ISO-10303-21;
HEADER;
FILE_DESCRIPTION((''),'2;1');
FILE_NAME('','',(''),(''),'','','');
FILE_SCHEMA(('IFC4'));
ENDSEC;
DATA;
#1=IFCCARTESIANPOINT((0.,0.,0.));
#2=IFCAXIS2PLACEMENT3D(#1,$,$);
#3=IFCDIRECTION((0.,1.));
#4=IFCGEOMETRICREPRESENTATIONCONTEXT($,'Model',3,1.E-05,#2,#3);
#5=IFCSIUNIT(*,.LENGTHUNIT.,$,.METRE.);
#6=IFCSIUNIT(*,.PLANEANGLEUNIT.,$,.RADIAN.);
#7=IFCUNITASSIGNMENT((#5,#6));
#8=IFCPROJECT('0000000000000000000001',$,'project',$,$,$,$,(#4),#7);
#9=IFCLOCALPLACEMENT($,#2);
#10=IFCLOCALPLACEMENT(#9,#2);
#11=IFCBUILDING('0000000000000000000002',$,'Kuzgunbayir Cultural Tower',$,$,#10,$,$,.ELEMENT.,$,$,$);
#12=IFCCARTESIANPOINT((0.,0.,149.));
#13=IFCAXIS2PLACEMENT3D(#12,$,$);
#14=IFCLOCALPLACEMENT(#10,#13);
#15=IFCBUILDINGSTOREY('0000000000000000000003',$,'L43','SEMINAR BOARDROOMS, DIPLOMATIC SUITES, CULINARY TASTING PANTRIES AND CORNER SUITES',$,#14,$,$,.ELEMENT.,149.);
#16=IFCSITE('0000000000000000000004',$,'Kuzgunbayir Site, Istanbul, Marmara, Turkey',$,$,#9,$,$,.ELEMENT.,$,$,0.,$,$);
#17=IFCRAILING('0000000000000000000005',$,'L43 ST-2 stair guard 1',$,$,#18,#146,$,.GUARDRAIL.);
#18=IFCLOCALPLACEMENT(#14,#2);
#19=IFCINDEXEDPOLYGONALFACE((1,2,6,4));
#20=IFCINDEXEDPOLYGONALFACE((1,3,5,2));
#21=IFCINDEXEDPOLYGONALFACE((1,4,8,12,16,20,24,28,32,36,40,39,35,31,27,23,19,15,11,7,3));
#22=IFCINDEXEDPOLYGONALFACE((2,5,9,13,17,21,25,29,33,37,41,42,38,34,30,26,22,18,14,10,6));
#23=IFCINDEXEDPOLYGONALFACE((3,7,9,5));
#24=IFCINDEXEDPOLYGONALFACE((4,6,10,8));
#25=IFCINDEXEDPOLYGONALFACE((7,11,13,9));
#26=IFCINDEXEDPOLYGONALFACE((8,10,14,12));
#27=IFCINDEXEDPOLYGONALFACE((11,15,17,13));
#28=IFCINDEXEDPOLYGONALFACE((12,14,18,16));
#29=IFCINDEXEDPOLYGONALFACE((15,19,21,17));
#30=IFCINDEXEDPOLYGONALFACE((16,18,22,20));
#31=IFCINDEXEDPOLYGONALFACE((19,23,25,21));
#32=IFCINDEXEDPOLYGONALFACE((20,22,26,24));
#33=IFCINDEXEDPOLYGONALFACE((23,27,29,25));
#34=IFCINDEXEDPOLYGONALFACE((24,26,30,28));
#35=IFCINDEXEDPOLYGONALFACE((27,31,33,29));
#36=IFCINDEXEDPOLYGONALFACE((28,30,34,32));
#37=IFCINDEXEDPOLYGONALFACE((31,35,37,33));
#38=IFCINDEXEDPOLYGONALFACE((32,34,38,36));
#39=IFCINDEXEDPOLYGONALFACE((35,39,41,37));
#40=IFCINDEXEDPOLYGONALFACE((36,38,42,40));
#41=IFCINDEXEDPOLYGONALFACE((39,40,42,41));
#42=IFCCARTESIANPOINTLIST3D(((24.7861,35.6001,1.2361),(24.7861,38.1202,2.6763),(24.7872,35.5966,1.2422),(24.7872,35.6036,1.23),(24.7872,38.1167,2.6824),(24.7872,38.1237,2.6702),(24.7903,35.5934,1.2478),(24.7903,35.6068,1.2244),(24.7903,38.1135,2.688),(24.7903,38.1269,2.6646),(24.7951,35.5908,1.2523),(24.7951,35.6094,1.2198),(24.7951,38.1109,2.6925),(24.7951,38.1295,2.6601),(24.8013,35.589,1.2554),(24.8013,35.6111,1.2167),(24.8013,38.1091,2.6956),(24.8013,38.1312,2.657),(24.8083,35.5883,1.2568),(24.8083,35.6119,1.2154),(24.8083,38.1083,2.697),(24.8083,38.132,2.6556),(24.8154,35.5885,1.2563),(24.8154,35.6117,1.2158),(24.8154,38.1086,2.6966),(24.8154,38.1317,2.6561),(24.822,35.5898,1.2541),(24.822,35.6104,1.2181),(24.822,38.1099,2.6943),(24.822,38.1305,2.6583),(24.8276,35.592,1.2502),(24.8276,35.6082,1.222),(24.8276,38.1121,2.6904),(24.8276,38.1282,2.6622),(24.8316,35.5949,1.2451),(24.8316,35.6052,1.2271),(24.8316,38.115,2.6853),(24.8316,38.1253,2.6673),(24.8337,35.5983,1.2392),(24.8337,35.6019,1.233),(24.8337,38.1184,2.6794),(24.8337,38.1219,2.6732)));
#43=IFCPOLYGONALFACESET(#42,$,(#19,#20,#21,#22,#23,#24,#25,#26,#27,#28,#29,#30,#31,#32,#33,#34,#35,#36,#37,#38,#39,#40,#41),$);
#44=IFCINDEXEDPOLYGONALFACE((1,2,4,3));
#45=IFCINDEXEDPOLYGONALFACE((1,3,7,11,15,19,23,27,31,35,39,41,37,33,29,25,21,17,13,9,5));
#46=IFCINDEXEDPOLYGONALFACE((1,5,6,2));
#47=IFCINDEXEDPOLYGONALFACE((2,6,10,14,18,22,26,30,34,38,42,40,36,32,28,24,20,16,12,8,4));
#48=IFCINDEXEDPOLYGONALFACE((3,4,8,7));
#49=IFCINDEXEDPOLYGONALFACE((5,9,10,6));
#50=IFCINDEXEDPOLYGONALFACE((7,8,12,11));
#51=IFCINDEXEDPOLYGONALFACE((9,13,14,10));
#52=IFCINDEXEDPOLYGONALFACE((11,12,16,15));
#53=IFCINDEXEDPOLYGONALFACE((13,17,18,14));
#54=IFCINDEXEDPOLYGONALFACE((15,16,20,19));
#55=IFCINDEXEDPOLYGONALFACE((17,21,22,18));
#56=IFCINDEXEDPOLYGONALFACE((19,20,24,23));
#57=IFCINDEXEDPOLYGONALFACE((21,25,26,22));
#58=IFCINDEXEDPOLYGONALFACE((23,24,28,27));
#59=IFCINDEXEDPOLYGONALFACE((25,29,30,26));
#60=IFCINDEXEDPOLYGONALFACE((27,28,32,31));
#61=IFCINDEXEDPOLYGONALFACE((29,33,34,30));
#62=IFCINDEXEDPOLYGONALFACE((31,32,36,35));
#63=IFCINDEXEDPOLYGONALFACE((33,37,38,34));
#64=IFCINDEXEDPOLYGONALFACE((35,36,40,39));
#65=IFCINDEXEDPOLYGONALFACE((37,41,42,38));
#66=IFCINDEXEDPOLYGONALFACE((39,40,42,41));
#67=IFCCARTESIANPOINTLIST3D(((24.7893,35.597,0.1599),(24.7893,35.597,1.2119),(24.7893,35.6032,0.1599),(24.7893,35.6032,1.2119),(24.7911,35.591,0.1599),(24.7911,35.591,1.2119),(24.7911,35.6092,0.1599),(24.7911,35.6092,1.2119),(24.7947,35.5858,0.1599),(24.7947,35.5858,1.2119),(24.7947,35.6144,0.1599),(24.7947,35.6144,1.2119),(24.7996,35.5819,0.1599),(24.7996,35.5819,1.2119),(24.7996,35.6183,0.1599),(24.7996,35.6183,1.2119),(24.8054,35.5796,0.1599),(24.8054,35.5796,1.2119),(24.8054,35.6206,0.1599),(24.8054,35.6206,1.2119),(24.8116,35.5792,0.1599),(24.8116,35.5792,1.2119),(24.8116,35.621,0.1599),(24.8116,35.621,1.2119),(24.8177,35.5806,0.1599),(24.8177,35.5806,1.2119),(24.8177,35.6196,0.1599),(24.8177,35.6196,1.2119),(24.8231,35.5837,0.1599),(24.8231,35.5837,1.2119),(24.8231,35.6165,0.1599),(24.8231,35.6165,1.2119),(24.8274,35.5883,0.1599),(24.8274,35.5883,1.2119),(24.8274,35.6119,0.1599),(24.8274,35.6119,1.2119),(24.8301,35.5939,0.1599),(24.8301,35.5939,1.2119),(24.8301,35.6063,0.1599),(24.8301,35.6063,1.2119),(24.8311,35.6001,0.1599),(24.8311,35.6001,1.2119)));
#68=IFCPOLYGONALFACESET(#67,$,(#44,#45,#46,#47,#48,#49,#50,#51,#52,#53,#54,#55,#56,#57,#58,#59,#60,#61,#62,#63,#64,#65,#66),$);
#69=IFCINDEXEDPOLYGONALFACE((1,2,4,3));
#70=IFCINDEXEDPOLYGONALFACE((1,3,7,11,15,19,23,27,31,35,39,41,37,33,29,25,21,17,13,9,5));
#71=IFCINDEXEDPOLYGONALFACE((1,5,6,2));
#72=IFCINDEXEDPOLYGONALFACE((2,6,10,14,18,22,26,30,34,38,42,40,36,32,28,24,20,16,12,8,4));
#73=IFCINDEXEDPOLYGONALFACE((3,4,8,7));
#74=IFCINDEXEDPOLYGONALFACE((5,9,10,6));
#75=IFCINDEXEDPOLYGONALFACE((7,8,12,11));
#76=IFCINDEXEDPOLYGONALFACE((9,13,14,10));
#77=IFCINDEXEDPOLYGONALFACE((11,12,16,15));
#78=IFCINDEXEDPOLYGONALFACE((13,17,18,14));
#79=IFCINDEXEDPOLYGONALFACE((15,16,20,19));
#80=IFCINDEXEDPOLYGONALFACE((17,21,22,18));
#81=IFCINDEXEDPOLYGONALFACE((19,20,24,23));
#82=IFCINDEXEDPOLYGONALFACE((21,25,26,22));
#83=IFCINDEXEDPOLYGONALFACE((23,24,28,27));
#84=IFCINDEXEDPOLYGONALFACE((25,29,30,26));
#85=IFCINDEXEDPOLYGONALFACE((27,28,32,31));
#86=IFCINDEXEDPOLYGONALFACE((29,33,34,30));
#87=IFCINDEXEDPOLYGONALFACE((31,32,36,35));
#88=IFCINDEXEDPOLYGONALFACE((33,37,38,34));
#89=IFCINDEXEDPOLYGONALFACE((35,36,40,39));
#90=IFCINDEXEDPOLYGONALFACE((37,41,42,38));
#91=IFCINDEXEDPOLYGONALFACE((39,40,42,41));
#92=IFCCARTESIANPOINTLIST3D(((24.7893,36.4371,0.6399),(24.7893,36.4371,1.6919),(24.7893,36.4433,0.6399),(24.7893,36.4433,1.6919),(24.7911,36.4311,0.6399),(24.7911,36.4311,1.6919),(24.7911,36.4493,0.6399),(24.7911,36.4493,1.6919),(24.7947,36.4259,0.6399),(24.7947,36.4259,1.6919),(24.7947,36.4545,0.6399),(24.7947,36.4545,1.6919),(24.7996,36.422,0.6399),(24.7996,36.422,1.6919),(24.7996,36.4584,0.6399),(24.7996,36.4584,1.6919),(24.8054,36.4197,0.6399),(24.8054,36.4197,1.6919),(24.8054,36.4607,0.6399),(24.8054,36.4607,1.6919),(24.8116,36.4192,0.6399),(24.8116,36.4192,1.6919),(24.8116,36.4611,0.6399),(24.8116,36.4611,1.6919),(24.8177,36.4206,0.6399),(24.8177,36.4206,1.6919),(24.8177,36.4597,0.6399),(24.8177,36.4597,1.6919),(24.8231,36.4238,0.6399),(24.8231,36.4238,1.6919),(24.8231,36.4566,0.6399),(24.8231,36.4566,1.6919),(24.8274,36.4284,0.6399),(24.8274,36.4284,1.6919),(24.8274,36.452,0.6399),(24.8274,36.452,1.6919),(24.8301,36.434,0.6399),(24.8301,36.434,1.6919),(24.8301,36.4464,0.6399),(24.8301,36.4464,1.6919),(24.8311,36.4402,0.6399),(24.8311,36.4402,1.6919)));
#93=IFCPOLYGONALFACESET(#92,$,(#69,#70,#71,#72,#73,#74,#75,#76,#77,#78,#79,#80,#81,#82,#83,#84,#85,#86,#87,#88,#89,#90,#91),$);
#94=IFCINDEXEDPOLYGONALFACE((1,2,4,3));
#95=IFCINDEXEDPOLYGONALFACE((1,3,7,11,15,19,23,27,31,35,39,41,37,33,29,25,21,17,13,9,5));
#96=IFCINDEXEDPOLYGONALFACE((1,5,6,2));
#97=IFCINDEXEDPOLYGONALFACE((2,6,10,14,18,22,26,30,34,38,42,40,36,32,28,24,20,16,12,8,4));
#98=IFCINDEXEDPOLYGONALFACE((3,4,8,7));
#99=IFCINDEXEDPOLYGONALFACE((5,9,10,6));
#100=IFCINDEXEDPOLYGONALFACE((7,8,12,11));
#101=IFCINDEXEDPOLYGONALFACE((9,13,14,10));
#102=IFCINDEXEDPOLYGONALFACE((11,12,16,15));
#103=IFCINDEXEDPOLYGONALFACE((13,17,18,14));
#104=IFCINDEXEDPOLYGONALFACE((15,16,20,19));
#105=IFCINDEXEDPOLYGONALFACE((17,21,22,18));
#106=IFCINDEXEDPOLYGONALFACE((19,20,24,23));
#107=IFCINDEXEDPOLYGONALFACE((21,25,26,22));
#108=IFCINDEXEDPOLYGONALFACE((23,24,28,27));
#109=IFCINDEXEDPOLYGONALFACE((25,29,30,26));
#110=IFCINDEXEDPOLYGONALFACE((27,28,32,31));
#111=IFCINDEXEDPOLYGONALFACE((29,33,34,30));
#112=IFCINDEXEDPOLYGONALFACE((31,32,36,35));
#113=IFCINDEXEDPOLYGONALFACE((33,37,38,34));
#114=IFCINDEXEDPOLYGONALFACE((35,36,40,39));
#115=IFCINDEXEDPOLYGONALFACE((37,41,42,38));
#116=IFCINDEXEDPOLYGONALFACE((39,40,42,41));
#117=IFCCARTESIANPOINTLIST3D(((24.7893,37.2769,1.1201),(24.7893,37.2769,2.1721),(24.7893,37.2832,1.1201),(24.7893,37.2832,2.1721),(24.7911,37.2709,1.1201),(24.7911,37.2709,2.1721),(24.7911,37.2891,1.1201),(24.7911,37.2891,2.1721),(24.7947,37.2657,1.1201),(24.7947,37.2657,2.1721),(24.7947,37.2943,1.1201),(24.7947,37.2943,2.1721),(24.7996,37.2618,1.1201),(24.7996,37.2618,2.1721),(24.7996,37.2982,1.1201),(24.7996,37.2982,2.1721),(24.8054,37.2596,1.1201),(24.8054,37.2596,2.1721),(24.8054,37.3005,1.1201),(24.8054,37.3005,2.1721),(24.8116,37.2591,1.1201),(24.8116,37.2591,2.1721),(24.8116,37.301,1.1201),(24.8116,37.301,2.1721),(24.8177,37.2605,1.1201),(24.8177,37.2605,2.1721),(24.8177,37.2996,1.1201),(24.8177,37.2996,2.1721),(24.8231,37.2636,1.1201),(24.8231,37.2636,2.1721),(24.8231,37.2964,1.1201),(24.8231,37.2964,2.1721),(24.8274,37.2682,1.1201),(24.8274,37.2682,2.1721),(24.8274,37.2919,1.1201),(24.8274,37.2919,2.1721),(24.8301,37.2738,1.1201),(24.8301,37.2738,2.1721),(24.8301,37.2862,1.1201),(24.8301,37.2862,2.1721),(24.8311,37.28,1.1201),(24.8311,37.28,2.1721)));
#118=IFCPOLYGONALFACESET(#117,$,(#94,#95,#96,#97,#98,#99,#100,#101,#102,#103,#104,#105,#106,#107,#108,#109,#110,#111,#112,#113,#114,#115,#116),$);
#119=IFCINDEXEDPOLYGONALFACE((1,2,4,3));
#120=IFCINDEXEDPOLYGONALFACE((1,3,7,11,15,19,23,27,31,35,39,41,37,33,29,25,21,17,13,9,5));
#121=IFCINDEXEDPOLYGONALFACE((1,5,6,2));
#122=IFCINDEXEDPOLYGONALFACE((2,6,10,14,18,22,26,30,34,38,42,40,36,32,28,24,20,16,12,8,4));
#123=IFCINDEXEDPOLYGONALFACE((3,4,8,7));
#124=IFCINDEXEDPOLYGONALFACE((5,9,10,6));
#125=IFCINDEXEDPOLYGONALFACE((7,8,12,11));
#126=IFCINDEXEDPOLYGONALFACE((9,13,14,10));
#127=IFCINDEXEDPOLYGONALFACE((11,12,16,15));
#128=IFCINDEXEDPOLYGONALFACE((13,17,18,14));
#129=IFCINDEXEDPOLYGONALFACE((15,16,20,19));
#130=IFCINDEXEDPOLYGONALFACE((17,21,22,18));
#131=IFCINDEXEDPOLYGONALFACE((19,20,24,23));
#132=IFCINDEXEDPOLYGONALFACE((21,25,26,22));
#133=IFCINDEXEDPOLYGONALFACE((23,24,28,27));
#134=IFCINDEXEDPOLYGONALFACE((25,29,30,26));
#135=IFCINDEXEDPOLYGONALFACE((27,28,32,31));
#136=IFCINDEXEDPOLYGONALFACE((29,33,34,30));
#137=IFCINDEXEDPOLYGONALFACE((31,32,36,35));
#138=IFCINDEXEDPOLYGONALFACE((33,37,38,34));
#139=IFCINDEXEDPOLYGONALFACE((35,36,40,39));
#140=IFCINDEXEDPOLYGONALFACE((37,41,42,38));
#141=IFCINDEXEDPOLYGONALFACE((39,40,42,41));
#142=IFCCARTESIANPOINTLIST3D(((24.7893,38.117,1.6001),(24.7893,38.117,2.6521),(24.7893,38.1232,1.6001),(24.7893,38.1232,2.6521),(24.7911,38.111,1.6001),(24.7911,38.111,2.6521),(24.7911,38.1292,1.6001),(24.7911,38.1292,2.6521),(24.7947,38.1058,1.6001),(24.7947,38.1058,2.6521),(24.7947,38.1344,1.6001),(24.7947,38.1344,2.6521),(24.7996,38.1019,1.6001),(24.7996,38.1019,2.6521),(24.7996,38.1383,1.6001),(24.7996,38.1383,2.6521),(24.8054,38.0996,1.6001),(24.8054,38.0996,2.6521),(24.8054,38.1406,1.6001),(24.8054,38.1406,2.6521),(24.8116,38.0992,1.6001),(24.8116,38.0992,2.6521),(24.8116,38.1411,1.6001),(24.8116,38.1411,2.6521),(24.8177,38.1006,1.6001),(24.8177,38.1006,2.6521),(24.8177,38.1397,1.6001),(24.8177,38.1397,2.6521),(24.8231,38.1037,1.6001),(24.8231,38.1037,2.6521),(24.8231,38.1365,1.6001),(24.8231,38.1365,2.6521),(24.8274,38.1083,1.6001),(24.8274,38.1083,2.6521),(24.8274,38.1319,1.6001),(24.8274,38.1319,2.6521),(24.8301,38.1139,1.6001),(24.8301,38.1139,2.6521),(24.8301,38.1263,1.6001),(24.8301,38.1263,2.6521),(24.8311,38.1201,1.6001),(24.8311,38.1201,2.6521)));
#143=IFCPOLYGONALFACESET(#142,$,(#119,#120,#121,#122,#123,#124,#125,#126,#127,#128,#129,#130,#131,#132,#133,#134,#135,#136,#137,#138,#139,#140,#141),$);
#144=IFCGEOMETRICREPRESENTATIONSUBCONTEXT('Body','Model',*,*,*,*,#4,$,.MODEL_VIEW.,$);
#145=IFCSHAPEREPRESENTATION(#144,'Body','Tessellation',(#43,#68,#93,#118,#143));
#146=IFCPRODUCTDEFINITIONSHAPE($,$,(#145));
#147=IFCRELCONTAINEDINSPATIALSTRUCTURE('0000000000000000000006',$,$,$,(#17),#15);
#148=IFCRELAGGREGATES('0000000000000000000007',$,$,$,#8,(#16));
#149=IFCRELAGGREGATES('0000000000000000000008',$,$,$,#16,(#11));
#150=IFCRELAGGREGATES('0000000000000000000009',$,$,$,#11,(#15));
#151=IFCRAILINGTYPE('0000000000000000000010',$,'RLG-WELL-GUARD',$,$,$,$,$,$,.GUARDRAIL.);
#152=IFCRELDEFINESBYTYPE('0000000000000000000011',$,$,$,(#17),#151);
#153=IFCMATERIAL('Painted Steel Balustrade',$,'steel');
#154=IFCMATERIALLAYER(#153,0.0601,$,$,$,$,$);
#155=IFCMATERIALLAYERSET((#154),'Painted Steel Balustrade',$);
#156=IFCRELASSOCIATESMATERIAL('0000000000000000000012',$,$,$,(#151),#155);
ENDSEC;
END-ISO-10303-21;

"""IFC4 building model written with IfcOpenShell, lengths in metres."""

from ifc_helpers import new_model, si_unit, direction, frame, origin, origin_2d, place, context, subcontext, project, spatial, circle, extrude, material, layer, layer_set, type_object, element, save


model = new_model("IFC4")

# Units and contexts
model_context = context("Model", 3, precision=1e-05, world=origin(), true_north=direction((0.0, 1.0)))
body_context = subcontext(model_context, "Body", "Model", "MODEL_VIEW")
ifc_project = project(units=[si_unit("LENGTHUNIT", "METRE"), si_unit("PLANEANGLEUNIT", "RADIAN")], contexts=[model_context])

# Site, building, storey
site_placement = place(None, origin())
site = spatial("IfcSite", under=ifc_project, at=site_placement, Name="Kuzgunbayir Site, Istanbul, Marmara, Turkey", CompositionType="ELEMENT", RefElevation=0.0)
building_placement = place(site_placement, origin())
building = spatial("IfcBuilding", under=site, at=building_placement, Name="Kuzgunbayir Cultural Tower", CompositionType="ELEMENT")
storey_placement = place(building_placement, frame((0.0, 0.0, 149.0)))
storey = spatial("IfcBuildingStorey", under=building, at=storey_placement, Name="L43", Description="SEMINAR BOARDROOMS, DIPLOMATIC SUITES, CULINARY TASTING PANTRIES AND CORNER SUITES", CompositionType="ELEMENT", Elevation=149.0)

# Railing
ifc_material_1 = material(Name="Painted Steel Balustrade", Category="steel")
ifc_layer_1 = layer(ifc_material_1, 0.0601)
ifc_layer_set_1 = layer_set([ifc_layer_1], Name="Painted Steel Balustrade")
railing_type_1 = type_object("IfcRailingType", Name="RLG-WELL-GUARD", PredefinedType="GUARDRAIL", material=ifc_layer_set_1)
railing_1_placement = place(storey_placement, frame((24.8101, 35.6001, 0.1599)))
element("IfcRailing", 1, at=railing_1_placement, inside=storey, type_object=railing_type_1, Name="L43 ST-2 stair guard 1", PredefinedType="GUARDRAIL", context=body_context, shape_type="SweptSolid", body=[
    extrude(circle(Radius=0.0239, at=origin_2d()), frame((0.0, 0.0, 1.0762), z_axis=(0.0, 0.868217, 0.496184), x_axis=(-1.0, 0.0, 0.0)), (0.0, 0.0, 1.0), 2.9026),
    extrude(circle(Radius=0.021, at=origin_2d()), origin(), (0.0, 0.0, 1.0), 1.052),
    extrude(circle(Radius=0.021, at=origin_2d()), frame((0.0, 0.8401, 0.48)), (0.0, 0.0, 1.0), 1.052),
    extrude(circle(Radius=0.021, at=origin_2d()), frame((0.0, 1.6799, 0.9602)), (0.0, 0.0, 1.0), 1.052),
    extrude(circle(Radius=0.021, at=origin_2d()), frame((0.0, 2.52, 1.4402)), (0.0, 0.0, 1.0), 1.052),
])

save(model, "model.ifc")
